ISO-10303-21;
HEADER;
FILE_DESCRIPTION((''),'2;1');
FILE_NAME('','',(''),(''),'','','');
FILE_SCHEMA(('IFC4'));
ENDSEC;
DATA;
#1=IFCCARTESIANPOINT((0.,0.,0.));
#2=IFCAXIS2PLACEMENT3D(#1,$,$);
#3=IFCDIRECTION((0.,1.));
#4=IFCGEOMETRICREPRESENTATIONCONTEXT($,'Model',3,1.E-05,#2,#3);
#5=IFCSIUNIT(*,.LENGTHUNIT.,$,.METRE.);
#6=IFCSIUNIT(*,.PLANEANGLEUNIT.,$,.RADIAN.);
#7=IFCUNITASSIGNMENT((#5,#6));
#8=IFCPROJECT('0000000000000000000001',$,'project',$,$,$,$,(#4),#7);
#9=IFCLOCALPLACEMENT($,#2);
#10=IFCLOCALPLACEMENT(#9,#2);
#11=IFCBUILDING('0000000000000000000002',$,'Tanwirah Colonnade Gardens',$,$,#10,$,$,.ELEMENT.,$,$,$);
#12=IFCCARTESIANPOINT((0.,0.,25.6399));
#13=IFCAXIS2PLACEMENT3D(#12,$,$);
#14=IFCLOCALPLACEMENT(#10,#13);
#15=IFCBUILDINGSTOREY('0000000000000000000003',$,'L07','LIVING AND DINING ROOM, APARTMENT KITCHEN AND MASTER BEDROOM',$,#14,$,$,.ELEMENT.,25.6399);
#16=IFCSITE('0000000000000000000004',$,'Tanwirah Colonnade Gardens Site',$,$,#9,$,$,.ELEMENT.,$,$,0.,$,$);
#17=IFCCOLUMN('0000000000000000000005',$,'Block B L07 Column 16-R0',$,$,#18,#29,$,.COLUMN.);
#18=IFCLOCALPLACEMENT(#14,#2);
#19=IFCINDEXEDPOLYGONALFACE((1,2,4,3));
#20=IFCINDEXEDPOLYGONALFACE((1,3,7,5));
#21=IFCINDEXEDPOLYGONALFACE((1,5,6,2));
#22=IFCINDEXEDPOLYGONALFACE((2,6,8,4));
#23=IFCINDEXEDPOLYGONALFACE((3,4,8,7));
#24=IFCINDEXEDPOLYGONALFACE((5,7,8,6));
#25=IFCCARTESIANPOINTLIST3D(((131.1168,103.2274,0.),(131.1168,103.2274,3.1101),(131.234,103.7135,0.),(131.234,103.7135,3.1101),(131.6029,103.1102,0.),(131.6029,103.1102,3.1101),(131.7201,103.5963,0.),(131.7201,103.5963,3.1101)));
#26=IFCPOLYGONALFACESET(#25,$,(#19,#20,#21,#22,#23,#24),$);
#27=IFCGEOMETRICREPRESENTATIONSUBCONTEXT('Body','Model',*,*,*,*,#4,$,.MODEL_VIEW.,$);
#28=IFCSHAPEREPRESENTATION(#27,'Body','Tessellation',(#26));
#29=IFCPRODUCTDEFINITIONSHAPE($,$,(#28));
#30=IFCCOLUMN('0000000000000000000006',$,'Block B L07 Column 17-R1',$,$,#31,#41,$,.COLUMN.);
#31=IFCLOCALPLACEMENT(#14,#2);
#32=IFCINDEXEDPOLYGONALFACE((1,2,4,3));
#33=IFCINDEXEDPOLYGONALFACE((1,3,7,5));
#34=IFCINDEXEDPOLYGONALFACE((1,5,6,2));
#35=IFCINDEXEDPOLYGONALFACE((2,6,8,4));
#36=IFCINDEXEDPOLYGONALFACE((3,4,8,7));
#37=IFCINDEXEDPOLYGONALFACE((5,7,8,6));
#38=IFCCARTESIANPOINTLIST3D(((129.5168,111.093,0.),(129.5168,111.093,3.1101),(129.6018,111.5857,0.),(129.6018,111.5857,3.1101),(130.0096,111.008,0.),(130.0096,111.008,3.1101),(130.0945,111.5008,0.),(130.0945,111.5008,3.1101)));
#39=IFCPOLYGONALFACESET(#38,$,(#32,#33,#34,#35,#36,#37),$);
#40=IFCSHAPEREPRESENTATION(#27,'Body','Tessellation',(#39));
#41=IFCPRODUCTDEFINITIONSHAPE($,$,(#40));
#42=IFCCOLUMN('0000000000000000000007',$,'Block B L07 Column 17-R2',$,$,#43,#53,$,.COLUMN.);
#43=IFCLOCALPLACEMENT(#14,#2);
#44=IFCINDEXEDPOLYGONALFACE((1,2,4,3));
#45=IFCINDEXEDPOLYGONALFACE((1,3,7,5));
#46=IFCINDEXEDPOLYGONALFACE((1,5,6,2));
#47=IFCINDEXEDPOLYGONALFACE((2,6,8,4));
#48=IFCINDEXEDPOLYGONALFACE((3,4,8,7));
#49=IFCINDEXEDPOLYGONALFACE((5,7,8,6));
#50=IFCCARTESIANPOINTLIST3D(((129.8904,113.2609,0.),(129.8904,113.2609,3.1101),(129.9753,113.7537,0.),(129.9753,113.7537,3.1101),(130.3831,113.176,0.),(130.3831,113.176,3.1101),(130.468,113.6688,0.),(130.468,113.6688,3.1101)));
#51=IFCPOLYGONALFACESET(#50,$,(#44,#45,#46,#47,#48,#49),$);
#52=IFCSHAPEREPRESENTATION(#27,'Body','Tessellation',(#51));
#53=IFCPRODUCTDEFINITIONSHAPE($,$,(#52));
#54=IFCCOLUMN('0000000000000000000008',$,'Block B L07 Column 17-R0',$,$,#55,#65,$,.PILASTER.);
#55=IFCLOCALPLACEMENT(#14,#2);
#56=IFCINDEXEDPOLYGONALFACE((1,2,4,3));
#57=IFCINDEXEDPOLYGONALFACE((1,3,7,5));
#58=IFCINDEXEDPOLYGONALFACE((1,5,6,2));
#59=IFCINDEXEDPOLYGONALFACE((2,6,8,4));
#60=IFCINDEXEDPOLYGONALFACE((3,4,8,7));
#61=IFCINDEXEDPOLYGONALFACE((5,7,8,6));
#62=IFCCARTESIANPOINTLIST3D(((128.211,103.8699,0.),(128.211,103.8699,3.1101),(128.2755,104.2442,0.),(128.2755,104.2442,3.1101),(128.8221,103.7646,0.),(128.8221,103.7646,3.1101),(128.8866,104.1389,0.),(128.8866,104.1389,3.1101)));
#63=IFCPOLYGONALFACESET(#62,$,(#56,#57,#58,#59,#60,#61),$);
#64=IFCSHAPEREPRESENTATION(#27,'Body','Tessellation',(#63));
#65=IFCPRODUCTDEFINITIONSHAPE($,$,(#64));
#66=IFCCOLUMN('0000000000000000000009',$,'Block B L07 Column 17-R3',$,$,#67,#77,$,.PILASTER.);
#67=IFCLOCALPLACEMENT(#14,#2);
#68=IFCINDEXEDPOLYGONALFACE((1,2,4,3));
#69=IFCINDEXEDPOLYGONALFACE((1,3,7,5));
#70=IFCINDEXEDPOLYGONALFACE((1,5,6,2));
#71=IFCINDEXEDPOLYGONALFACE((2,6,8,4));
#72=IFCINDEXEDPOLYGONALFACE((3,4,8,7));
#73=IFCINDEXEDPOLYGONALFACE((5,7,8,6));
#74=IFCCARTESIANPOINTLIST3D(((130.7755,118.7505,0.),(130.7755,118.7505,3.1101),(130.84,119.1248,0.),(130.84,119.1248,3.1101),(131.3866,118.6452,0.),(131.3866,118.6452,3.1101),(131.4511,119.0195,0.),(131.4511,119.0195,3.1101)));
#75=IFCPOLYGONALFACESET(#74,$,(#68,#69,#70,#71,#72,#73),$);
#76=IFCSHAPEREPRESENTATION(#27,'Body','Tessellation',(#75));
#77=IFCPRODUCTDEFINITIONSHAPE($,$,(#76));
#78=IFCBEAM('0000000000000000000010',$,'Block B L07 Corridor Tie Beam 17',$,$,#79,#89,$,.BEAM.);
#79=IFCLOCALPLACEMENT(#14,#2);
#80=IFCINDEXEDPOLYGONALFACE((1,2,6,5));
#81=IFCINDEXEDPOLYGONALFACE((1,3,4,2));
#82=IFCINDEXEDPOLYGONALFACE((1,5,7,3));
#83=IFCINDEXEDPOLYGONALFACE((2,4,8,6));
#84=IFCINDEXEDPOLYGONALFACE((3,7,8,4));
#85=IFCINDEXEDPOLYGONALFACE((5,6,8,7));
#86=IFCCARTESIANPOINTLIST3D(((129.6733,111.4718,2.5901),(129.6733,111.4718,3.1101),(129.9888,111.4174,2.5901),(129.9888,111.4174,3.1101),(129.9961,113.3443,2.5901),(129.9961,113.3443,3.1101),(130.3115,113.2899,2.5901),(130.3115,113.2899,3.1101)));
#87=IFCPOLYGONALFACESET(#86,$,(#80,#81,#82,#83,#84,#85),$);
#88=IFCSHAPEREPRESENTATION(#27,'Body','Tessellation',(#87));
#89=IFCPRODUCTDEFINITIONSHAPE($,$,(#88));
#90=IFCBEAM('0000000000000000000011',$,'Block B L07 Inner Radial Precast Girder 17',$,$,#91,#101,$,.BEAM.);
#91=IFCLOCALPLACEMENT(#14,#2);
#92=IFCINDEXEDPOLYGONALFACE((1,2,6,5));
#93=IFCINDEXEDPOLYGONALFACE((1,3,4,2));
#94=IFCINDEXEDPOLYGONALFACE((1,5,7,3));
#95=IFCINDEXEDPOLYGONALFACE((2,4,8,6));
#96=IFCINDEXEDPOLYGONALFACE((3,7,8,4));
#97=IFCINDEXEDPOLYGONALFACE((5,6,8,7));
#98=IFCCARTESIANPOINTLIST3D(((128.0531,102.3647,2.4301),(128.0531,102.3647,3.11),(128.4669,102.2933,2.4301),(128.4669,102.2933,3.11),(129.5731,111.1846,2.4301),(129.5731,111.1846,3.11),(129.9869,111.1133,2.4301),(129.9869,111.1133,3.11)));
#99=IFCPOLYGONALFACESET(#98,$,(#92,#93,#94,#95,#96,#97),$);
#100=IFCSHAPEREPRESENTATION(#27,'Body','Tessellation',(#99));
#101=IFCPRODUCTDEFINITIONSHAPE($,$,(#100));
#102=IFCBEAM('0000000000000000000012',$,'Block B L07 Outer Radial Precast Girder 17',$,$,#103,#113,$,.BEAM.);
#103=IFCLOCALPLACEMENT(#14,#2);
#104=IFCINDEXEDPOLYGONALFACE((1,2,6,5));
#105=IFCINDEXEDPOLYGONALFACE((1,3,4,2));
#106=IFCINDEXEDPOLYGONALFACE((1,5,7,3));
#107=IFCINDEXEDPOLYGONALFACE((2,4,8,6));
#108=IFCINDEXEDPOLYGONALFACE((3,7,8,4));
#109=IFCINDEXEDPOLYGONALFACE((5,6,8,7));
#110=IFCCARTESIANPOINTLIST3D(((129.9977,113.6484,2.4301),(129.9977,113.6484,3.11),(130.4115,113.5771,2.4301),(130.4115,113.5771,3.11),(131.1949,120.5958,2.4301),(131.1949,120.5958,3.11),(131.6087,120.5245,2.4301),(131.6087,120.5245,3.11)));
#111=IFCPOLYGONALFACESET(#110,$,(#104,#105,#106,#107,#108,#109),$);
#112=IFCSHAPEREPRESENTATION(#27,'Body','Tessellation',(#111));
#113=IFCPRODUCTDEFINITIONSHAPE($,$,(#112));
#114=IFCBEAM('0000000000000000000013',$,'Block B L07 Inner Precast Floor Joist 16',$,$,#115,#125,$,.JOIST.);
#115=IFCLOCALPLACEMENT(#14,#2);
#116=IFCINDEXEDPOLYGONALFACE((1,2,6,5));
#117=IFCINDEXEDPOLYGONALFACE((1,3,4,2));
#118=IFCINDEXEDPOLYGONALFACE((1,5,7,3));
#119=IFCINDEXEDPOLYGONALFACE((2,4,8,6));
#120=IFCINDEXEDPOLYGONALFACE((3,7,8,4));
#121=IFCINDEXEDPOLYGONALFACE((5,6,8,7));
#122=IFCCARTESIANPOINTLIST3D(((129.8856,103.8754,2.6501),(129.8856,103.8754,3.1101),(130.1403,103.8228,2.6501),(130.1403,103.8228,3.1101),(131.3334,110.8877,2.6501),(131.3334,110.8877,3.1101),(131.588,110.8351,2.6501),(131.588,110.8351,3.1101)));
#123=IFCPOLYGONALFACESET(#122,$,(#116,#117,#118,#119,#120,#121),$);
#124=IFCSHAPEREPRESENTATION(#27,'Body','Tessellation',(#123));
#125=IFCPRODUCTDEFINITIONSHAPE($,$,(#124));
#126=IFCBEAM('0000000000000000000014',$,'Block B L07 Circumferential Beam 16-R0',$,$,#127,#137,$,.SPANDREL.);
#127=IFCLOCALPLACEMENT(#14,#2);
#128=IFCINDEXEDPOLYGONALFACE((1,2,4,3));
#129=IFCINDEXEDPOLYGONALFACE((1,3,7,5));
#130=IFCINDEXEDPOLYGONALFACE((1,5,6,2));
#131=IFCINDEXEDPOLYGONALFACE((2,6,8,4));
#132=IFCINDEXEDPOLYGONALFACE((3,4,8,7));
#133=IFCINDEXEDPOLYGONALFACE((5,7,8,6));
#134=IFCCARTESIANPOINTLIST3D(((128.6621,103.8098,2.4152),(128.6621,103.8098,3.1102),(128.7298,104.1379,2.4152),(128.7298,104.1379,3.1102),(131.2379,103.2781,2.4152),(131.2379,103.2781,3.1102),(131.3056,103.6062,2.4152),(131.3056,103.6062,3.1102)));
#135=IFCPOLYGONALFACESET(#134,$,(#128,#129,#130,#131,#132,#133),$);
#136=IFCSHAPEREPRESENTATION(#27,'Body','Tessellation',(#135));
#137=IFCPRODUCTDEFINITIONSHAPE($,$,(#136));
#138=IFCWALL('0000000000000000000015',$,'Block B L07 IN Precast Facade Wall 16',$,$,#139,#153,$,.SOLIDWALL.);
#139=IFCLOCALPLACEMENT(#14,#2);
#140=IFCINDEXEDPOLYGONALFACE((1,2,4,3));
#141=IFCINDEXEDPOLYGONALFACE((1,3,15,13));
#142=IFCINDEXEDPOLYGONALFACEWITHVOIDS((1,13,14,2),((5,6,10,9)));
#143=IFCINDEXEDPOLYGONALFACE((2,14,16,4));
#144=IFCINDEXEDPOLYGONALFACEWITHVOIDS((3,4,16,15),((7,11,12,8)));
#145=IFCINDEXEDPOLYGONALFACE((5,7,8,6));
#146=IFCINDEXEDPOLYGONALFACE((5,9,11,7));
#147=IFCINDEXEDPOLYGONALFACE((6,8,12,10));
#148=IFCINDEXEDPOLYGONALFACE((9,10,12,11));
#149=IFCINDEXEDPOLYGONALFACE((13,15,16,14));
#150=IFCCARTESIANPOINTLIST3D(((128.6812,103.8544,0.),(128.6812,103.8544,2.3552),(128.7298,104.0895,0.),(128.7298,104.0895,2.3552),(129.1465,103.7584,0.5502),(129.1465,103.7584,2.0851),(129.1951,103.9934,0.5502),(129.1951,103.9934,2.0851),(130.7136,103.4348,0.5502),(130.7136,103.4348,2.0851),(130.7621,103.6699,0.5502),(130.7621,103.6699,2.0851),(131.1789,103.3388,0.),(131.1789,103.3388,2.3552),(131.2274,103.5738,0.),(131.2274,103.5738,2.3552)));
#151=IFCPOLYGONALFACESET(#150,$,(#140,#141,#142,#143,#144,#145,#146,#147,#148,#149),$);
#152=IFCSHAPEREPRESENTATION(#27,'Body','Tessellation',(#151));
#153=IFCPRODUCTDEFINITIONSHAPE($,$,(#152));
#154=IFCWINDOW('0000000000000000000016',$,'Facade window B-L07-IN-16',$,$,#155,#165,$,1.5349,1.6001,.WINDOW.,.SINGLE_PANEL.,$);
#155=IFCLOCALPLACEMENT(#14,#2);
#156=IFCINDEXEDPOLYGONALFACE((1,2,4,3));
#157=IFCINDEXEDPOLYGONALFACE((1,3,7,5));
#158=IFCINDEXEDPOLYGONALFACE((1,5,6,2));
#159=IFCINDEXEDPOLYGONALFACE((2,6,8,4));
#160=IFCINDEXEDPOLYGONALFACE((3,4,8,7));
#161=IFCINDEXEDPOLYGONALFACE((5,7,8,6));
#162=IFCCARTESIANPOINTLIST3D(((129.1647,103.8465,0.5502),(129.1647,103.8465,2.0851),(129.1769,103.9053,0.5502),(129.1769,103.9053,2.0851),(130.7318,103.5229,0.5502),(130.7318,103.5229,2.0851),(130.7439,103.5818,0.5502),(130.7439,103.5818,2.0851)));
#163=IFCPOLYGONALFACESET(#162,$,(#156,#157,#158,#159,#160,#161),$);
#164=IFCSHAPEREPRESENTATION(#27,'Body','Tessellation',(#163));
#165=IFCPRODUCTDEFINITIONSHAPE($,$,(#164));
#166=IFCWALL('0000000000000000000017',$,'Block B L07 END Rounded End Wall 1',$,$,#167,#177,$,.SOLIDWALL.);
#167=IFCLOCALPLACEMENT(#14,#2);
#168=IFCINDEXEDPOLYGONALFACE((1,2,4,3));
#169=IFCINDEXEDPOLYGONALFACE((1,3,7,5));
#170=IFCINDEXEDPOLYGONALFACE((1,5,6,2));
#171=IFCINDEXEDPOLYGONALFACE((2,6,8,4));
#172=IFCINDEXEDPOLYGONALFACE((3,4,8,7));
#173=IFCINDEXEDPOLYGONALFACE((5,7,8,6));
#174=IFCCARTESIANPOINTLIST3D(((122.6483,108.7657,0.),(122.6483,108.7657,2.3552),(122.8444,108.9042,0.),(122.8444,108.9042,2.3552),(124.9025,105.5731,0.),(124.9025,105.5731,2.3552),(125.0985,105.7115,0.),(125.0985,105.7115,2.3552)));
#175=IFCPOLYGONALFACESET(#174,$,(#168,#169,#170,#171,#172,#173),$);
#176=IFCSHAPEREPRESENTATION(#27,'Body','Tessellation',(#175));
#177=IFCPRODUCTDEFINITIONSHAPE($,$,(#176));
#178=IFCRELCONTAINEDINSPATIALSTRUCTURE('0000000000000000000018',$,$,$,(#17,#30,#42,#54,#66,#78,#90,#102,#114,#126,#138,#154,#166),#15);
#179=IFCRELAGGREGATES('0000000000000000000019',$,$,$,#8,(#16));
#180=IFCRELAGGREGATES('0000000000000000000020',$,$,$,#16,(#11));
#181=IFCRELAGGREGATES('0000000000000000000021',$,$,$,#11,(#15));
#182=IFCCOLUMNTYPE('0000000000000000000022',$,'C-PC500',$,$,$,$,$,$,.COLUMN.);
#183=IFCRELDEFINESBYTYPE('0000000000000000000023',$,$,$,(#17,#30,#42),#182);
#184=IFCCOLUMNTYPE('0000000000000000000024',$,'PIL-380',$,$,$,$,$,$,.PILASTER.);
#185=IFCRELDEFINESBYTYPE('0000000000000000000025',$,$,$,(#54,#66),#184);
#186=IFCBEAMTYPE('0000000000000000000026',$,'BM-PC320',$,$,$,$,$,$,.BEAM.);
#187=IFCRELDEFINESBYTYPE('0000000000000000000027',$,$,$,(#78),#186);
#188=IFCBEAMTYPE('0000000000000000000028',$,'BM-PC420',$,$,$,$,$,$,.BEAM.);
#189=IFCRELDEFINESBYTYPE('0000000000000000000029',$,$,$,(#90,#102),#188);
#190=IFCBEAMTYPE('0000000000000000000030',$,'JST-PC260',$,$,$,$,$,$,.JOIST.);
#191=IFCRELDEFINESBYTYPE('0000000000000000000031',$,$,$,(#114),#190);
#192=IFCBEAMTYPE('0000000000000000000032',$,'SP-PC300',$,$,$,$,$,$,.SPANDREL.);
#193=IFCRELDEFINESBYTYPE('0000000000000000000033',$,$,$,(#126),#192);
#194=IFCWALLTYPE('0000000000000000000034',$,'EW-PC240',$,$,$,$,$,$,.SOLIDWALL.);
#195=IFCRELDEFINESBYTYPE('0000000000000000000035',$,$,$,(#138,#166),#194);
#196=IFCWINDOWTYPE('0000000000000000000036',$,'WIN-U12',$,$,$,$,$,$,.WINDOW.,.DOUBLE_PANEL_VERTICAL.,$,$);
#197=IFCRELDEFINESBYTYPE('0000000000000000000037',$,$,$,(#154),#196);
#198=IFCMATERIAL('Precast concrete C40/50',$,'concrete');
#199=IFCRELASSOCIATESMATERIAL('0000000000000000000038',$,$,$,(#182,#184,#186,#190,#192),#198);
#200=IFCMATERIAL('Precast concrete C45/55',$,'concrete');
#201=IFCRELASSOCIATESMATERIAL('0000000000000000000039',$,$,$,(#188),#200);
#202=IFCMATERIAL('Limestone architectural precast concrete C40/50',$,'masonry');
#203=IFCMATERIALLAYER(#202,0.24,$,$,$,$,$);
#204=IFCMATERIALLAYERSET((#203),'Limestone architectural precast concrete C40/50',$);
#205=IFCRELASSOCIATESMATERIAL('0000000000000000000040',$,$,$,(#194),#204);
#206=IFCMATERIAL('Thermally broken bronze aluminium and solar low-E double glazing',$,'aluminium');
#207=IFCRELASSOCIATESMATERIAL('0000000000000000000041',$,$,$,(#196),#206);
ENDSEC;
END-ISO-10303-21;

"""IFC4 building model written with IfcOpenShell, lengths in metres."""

from ifc_helpers import new_model, si_unit, direction, frame, frame_2d, origin, origin_2d, place, context, subcontext, project, spatial, rectangle, extrude, material, layer, layer_set, material_profile, profile_set, type_object, element, fill, save


model = new_model("IFC4")

# Units and contexts
model_context = context("Model", 3, precision=1e-05, world=origin(), true_north=direction((0.0, 1.0)))
body_context = subcontext(model_context, "Body", "Model", "MODEL_VIEW")
ifc_project = project(units=[si_unit("LENGTHUNIT", "METRE"), si_unit("PLANEANGLEUNIT", "RADIAN")], contexts=[model_context])

# Site, building, storey
site_placement = place(None, origin())
site = spatial("IfcSite", under=ifc_project, at=site_placement, Name="Tanwirah Colonnade Gardens Site", CompositionType="ELEMENT", RefElevation=0.0)
building_placement = place(site_placement, origin())
building = spatial("IfcBuilding", under=site, at=building_placement, Name="Tanwirah Colonnade Gardens", CompositionType="ELEMENT")
storey_placement = place(building_placement, frame((0.0, 0.0, 25.6399)))
storey = spatial("IfcBuildingStorey", under=building, at=storey_placement, Name="L07", Description="LIVING AND DINING ROOM, APARTMENT KITCHEN AND MASTER BEDROOM", CompositionType="ELEMENT", Elevation=25.6399)

# Columns
ifc_material_1 = material(Name="Precast concrete C40/50", Category="concrete")
ifc_material_profile_1 = material_profile(ifc_material_1, rectangle(XDim=0.5, YDim=0.5, at=origin_2d()), Name="PC-COL 500x500")
ifc_profile_set_1 = profile_set([ifc_material_profile_1], Name="Precast concrete C40/50")
column_type_1 = type_object("IfcColumnType", Name="C-PC500", PredefinedType="COLUMN", material=ifc_profile_set_1)
for number, where, z_axis, x_axis, name in (
    (1, (131.4185, 103.4119, 0.0), (0.0, 0.0, 1.0), (0.234388, 0.972143, 0.0), "Block B L07 Column 16-R0"),
    (2, (129.8057, 111.2969, 0.0), (0.0, 0.0, 1.0), (0.169827, 0.985474, 0.0), "Block B L07 Column 17-R1"),
    (3, (130.1792, 113.4648, 0.0), (0.0, 0.0, 1.0), (0.169827, 0.985474, 0.0), "Block B L07 Column 17-R2"),
):
    element("IfcColumn", number, at=place(storey_placement, frame(where, z_axis=z_axis, x_axis=x_axis)), inside=storey, type_object=column_type_1, Name=name, PredefinedType="COLUMN", context=body_context, shape_type="SweptSolid", body=[
        extrude(rectangle(XDim=0.5, YDim=0.5, at=origin_2d()), origin(), (0.0, 0.0, 1.0), 3.1101),
    ])
ifc_material_profile_2 = material_profile(ifc_material_1, rectangle(XDim=0.3799, YDim=0.6201, at=origin_2d()), Name="PC-PIL 380x620")
ifc_profile_set_2 = profile_set([ifc_material_profile_2], Name="Precast concrete C40/50")
column_type_2 = type_object("IfcColumnType", Name="PIL-380", PredefinedType="PILASTER", material=ifc_profile_set_2)
for number, where, z_axis, x_axis, name in (
    (4, (128.5488, 104.0044, 0.0), (0.0, 0.0, 1.0), (0.169827, 0.985474, 0.0), "Block B L07 Column 17-R0"),
    (5, (131.1133, 118.885, 0.0), (0.0, 0.0, 1.0), (0.169827, 0.985474, 0.0), "Block B L07 Column 17-R3"),
):
    element("IfcColumn", number, at=place(storey_placement, frame(where, z_axis=z_axis, x_axis=x_axis)), inside=storey, type_object=column_type_2, Name=name, PredefinedType="PILASTER", context=body_context, shape_type="SweptSolid", body=[
        extrude(rectangle(XDim=0.3799, YDim=0.6201, at=origin_2d()), origin(), (0.0, 0.0, 1.0), 3.1101),
    ])

# Beams
ifc_material_profile_3 = material_profile(ifc_material_1, rectangle(XDim=0.3201, YDim=0.52, at=origin_2d()), Name="PC-BM 320x520")
ifc_profile_set_3 = profile_set([ifc_material_profile_3], Name="Precast concrete C40/50")
beam_type_1 = type_object("IfcBeamType", Name="BM-PC320", PredefinedType="BEAM", material=ifc_profile_set_3)
beam_1_placement = place(storey_placement, frame((129.8311, 111.4446, 2.8501), z_axis=(0.169855, 0.985469, 0.0), x_axis=(-0.985469, 0.169855, 0.0)))
element("IfcBeam", 6, at=beam_1_placement, inside=storey, type_object=beam_type_1, Name="Block B L07 Corridor Tie Beam 17", PredefinedType="BEAM", context=body_context, shape_type="SweptSolid", body=[
    extrude(rectangle(XDim=0.3201, YDim=0.52, at=origin_2d()), origin(), (0.0, 0.0, 1.0), 1.9001),
])
ifc_material_2 = material(Name="Precast concrete C45/55", Category="concrete")
ifc_material_profile_4 = material_profile(ifc_material_2, rectangle(XDim=0.4199, YDim=0.6799, at=origin_2d()), Name="PC-BM 420x680")
ifc_profile_set_4 = profile_set([ifc_material_profile_4], Name="Precast concrete C45/55")
beam_type_2 = type_object("IfcBeamType", Name="BM-PC420", PredefinedType="BEAM", material=ifc_profile_set_4)
beam_2_placement = place(storey_placement, frame((129.78, 111.1489, 2.77), z_axis=(-0.169837, -0.985472, 0.0), x_axis=(0.985472, -0.169837, 0.0)))
element("IfcBeam", 7, at=beam_2_placement, inside=storey, type_object=beam_type_2, Name="Block B L07 Inner Radial Precast Girder 17", PredefinedType="BEAM", context=body_context, shape_type="SweptSolid", body=[
    extrude(rectangle(XDim=0.4199, YDim=0.6799, at=origin_2d()), origin(), (0.0, 0.0, 1.0), 8.95),
])
beam_3_placement = place(storey_placement, frame((130.2046, 113.6128, 2.77), z_axis=(0.169827, 0.985474, 0.0), x_axis=(-0.985474, 0.169827, 0.0)))
element("IfcBeam", 8, at=beam_3_placement, inside=storey, type_object=beam_type_2, Name="Block B L07 Outer Radial Precast Girder 17", PredefinedType="BEAM", context=body_context, shape_type="SweptSolid", body=[
    extrude(rectangle(XDim=0.4199, YDim=0.6799, at=origin_2d()), origin(), (0.0, 0.0, 1.0), 7.0498),
])
ifc_material_profile_5 = material_profile(ifc_material_1, rectangle(XDim=0.26, YDim=0.46, at=origin_2d()), Name="PC-JST 260x460")
ifc_profile_set_5 = profile_set([ifc_material_profile_5], Name="Precast concrete C40/50")
beam_type_3 = type_object("IfcBeamType", Name="JST-PC260", PredefinedType="JOIST", material=ifc_profile_set_5)
beam_4_placement = place(storey_placement, frame((130.0129, 103.8491, 2.8801), z_axis=(0.202197, 0.979345, 0.0), x_axis=(-0.979345, 0.202197, 0.0)))
element("IfcBeam", 9, at=beam_4_placement, inside=storey, type_object=beam_type_3, Name="Block B L07 Inner Precast Floor Joist 16", PredefinedType="JOIST", context=body_context, shape_type="SweptSolid", body=[
    extrude(rectangle(XDim=0.26, YDim=0.46, at=origin_2d()), origin(), (0.0, 0.0, 1.0), 7.1602),
])
ifc_material_profile_6 = material_profile(ifc_material_1, rectangle(XDim=0.335, YDim=0.6951, at=origin_2d()), Name="PC-SP 335x695")
ifc_profile_set_6 = profile_set([ifc_material_profile_6], Name="Precast concrete C40/50")
beam_type_4 = type_object("IfcBeamType", Name="SP-PC300", PredefinedType="SPANDREL", material=ifc_profile_set_6)
beam_5_placement = place(storey_placement, frame((131.2717, 103.4421, 2.7627), z_axis=(-0.979352, 0.202164, 0.0), x_axis=(-0.202164, -0.979352, 0.0)))
element("IfcBeam", 10, at=beam_5_placement, inside=storey, type_object=beam_type_4, Name="Block B L07 Circumferential Beam 16-R0", PredefinedType="SPANDREL", context=body_context, shape_type="SweptSolid", body=[
    extrude(rectangle(XDim=0.335, YDim=0.6951, at=origin_2d()), origin(), (0.0, 0.0, 1.0), 2.6301),
])

# Wall, opening, window
ifc_material_3 = material(Name="Limestone architectural precast concrete C40/50", Category="masonry")
ifc_layer_1 = layer(ifc_material_3, 0.24)
ifc_layer_set_1 = layer_set([ifc_layer_1], Name="Limestone architectural precast concrete C40/50")
wall_type_1 = type_object("IfcWallType", Name="EW-PC240", PredefinedType="SOLIDWALL", material=ifc_layer_set_1)
wall_1_placement = place(storey_placement, frame((131.2031, 103.4563, 0.0), z_axis=(0.0, 0.0, 1.0), x_axis=(-0.979347, 0.202188, 0.0)))
wall_1 = element("IfcWall", 11, at=wall_1_placement, inside=storey, type_object=wall_type_1, Name="Block B L07 IN Precast Facade Wall 16", PredefinedType="SOLIDWALL", context=body_context, shape_type="SweptSolid", body=[
    extrude(rectangle(XDim=2.5503, YDim=0.24, at=frame_2d((1.2751, 0.0))), origin(), (0.0, 0.0, 1.0), 2.3552),
])
opening_1_placement = place(wall_1_placement, frame((0.4751, 0.0, 0.55)))
opening_1 = element("IfcOpeningElement", 12, at=opening_1_placement, cuts=wall_1, PredefinedType="OPENING", context=body_context, shape_type="SweptSolid", body=[
    extrude(rectangle(XDim=1.6001, YDim=1.5349, at=frame_2d((0.8, 0.7676))), frame((0.0, 0.1299, 0.0), z_axis=(0.0, -1.0, 0.0), x_axis=(1.0, 0.0, 0.0)), (0.0, 0.0, 1.0), 0.26),
])
ifc_material_4 = material(Name="Thermally broken bronze aluminium and solar low-E double glazing", Category="aluminium")
window_type_1 = type_object("IfcWindowType", Name="WIN-U12", PartitioningType="DOUBLE_PANEL_VERTICAL", PredefinedType="WINDOW", material=ifc_material_4)
window_1_placement = place(opening_1_placement, origin())
window_1 = element("IfcWindow", 13, at=window_1_placement, inside=storey, type_object=window_type_1, Name="Facade window B-L07-IN-16", OverallHeight=1.5349, OverallWidth=1.6001, PartitioningType="SINGLE_PANEL", PredefinedType="WINDOW", context=body_context, shape_type="SweptSolid", body=[
    extrude(rectangle(XDim=1.6001, YDim=1.5349, at=frame_2d((0.8, 0.7676))), frame((0.0, 0.03, 0.0), z_axis=(0.0, -1.0, 0.0), x_axis=(1.0, 0.0, 0.0)), (0.0, 0.0, 1.0), 0.0601),
])
fill(opening_1, window_1)

# Wall
wall_2_placement = place(storey_placement, frame((125.0005, 105.6423, 0.0), z_axis=(0.0, 0.0, 1.0), x_axis=(-0.576774, 0.816904, 0.0)))
element("IfcWall", 14, at=wall_2_placement, inside=storey, type_object=wall_type_1, Name="Block B L07 END Rounded End Wall 1", PredefinedType="SOLIDWALL", context=body_context, shape_type="SweptSolid", body=[
    extrude(rectangle(XDim=3.9082, YDim=0.24, at=frame_2d((1.9541, 0.0))), origin(), (0.0, 0.0, 1.0), 2.3552),
])

save(model, "model.ifc")
